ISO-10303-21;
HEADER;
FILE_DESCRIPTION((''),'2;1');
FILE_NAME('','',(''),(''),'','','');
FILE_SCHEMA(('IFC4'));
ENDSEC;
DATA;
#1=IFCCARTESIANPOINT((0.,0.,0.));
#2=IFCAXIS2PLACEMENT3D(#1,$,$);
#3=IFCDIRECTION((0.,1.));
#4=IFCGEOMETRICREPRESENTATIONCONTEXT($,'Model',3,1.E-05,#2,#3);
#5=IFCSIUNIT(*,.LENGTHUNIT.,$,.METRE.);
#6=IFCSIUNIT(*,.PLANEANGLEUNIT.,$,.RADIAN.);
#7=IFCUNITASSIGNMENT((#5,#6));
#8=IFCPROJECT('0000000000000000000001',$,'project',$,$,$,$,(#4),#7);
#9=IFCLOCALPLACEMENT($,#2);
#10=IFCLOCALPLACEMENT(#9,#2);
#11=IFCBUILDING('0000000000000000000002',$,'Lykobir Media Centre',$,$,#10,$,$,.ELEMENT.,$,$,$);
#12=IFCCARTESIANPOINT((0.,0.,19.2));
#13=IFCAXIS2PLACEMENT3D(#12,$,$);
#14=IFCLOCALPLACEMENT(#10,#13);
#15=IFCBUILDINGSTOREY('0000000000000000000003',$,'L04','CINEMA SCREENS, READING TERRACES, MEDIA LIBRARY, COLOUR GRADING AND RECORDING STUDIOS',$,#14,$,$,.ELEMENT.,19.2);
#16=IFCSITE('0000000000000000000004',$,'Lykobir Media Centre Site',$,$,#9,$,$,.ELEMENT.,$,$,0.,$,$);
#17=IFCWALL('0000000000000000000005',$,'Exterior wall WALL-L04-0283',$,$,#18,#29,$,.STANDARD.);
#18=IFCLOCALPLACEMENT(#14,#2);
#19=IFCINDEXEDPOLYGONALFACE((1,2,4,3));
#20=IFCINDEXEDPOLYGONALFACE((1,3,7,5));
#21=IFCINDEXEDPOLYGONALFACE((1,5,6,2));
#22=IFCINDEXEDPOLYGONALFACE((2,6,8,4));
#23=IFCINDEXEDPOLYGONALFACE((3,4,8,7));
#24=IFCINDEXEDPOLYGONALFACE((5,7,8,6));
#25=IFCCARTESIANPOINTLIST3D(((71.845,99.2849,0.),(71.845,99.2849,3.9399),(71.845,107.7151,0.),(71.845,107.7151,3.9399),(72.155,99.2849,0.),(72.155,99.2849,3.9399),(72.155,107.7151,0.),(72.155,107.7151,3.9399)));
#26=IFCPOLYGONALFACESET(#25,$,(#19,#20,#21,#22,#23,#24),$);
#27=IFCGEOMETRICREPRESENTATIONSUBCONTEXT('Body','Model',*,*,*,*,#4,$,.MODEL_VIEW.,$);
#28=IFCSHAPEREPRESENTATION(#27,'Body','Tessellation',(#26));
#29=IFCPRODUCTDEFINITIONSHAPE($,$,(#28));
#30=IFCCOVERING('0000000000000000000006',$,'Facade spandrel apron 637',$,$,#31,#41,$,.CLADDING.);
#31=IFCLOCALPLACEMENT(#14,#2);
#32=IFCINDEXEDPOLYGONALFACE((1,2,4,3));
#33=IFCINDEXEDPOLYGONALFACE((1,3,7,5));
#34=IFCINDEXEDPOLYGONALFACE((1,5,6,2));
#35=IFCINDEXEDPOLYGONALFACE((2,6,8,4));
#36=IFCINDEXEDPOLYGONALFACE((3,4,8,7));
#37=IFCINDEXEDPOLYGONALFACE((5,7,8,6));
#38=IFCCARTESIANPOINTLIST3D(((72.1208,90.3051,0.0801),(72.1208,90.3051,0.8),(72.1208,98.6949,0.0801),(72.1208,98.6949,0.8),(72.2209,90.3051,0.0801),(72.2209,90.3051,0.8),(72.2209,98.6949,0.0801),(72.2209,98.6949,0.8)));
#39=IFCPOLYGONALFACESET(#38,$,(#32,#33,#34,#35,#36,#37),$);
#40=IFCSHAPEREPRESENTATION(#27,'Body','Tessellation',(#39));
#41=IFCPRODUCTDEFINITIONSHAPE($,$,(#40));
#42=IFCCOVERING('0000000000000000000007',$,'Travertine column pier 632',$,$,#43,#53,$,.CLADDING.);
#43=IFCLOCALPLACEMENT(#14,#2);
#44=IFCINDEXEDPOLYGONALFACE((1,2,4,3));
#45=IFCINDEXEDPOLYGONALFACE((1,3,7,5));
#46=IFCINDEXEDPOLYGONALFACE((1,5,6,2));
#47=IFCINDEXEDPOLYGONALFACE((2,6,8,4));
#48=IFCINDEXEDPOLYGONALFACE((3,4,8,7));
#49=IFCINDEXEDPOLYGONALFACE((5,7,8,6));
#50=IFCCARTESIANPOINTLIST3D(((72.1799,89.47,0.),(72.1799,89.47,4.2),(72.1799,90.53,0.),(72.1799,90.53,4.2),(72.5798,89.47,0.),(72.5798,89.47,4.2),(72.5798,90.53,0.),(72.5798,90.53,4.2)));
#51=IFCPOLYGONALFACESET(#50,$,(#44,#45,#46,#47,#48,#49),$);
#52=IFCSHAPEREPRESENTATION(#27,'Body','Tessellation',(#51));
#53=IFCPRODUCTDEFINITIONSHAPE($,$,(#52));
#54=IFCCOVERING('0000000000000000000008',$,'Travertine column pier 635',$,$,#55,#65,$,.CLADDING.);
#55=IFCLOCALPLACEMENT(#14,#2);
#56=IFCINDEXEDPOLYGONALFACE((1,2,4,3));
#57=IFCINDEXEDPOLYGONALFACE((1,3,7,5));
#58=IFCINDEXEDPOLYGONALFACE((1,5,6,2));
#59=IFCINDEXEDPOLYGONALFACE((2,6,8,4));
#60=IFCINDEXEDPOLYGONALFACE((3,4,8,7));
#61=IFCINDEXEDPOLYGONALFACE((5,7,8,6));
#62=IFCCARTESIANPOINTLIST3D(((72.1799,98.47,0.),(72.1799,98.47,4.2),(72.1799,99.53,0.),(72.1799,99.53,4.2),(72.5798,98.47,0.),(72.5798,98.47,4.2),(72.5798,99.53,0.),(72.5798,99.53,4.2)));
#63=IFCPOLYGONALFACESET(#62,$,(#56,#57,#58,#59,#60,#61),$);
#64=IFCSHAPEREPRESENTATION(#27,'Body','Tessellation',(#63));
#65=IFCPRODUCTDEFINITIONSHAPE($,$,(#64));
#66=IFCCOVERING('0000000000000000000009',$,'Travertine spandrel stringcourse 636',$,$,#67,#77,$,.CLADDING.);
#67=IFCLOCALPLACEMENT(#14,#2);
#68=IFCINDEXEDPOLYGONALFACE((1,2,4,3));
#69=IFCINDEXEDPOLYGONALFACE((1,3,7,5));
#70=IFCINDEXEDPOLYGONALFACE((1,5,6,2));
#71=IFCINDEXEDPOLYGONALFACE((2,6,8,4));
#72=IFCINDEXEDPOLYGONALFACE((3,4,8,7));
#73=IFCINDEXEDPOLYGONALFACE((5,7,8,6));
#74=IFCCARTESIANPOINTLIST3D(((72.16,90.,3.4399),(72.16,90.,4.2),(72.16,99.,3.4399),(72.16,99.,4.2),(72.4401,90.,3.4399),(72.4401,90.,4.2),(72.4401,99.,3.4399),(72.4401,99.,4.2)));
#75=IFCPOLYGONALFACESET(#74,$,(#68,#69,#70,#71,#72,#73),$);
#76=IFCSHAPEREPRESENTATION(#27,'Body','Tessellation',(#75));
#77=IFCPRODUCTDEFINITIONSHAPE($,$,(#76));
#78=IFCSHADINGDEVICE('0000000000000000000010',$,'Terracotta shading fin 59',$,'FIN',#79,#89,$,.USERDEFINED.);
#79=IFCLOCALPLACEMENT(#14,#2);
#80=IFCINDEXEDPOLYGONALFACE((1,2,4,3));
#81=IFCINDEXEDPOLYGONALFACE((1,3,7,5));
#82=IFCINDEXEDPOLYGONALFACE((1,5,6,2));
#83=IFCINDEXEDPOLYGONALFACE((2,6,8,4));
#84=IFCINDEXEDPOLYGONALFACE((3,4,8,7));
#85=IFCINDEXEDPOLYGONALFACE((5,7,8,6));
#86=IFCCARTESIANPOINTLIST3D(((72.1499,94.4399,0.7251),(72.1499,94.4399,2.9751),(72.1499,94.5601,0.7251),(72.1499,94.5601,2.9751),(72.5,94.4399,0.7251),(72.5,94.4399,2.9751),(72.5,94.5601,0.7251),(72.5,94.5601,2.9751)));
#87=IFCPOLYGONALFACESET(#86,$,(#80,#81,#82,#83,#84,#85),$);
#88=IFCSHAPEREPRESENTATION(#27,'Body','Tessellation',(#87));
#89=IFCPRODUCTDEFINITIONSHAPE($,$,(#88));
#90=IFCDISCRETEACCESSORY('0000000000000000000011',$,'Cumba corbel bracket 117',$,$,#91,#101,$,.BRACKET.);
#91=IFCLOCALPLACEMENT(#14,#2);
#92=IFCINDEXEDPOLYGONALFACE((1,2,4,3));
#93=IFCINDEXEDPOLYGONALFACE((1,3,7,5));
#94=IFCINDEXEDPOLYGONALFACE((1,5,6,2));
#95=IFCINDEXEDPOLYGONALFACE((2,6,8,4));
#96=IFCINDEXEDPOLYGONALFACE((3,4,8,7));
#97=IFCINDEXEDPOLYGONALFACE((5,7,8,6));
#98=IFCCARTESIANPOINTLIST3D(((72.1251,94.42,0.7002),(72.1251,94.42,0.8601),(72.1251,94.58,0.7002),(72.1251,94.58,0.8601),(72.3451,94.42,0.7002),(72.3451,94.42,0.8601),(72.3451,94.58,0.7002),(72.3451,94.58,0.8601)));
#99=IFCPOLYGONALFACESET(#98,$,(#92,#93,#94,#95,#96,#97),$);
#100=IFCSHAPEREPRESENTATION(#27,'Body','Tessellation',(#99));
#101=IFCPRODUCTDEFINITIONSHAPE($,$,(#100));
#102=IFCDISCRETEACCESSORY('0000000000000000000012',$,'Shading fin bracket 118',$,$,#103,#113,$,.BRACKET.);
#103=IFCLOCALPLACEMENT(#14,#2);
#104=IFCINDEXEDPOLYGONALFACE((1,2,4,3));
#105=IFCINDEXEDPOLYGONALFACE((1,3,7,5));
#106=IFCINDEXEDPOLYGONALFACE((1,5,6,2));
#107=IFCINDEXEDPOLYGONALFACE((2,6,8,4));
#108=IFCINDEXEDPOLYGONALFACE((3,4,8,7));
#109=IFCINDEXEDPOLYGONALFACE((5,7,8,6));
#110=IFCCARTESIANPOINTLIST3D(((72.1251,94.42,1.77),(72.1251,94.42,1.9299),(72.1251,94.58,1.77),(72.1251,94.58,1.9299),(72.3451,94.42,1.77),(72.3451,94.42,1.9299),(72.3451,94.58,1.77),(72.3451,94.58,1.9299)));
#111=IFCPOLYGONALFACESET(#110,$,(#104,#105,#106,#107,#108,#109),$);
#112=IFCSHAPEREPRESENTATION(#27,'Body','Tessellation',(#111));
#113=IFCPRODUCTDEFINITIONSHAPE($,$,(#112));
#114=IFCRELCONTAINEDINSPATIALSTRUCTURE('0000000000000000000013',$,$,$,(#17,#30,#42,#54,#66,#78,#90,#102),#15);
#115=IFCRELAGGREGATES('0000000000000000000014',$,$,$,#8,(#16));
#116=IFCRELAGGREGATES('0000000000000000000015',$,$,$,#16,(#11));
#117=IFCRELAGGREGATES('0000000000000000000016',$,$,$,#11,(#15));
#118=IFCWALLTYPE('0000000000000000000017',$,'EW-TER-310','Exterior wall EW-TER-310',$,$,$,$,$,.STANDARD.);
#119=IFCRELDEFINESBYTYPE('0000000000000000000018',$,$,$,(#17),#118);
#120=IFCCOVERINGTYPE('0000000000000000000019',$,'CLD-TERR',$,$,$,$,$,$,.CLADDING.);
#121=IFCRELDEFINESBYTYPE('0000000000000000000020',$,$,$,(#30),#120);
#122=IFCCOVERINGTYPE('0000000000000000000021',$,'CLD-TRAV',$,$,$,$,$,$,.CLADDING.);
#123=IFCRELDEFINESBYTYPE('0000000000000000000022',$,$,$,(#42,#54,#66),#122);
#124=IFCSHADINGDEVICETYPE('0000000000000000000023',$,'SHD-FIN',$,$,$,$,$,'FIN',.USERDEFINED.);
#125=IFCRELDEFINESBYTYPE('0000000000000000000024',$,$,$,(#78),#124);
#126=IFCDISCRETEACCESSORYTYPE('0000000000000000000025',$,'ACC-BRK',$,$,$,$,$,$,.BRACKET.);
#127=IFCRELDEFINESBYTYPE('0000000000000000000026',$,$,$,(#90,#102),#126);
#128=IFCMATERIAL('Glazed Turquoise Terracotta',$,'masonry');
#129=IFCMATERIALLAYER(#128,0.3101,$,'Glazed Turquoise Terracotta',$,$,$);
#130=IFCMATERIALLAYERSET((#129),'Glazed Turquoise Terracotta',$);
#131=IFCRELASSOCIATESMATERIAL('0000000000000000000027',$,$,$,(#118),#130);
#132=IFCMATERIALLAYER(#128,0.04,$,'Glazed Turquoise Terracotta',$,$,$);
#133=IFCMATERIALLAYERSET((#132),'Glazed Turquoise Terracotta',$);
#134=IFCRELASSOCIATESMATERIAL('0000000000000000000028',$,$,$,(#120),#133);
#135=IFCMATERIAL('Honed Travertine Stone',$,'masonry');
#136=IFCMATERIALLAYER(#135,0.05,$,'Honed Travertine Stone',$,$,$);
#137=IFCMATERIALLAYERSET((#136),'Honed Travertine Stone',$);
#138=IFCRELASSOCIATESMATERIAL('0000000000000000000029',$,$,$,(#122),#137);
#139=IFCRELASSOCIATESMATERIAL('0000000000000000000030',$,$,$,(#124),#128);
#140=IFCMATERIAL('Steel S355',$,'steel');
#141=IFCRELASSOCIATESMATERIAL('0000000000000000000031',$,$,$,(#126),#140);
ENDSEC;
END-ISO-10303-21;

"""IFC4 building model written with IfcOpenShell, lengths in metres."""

from ifc_helpers import new_model, si_unit, direction, frame, frame_2d, origin, origin_2d, place, context, subcontext, project, spatial, rectangle, extrude, material, layer, layer_set, type_object, element, save


model = new_model("IFC4")

# Units and contexts
model_context = context("Model", 3, precision=1e-05, world=origin(), true_north=direction((0.0, 1.0)))
body_context = subcontext(model_context, "Body", "Model", "MODEL_VIEW")
ifc_project = project(units=[si_unit("LENGTHUNIT", "METRE"), si_unit("PLANEANGLEUNIT", "RADIAN")], contexts=[model_context])

# Site, building, storey
site_placement = place(None, origin())
site = spatial("IfcSite", under=ifc_project, at=site_placement, Name="Lykobir Media Centre Site", CompositionType="ELEMENT", RefElevation=0.0)
building_placement = place(site_placement, origin())
building = spatial("IfcBuilding", under=site, at=building_placement, Name="Lykobir Media Centre", CompositionType="ELEMENT")
storey_placement = place(building_placement, frame((0.0, 0.0, 19.2)))
storey = spatial("IfcBuildingStorey", under=building, at=storey_placement, Name="L04", Description="CINEMA SCREENS, READING TERRACES, MEDIA LIBRARY, COLOUR GRADING AND RECORDING STUDIOS", CompositionType="ELEMENT", Elevation=19.2)

# Shared definitions
ifc_material_1 = material(Name="Steel S355", Category="steel")

# Wall
ifc_material_2 = material(Name="Glazed Turquoise Terracotta", Category="masonry")
ifc_layer_1 = layer(ifc_material_2, 0.3101, Name="Glazed Turquoise Terracotta")
ifc_layer_set_1 = layer_set([ifc_layer_1], Name="Glazed Turquoise Terracotta")
wall_type = type_object("IfcWallType", Name="EW-TER-310", Description="Exterior wall EW-TER-310", PredefinedType="STANDARD", material=ifc_layer_set_1)
wall_placement = place(storey_placement, frame((72.0, 99.2849, 0.0), z_axis=(0.0, 0.0, 1.0), x_axis=(0.0, 1.0, 0.0)))
element("IfcWall", 1, at=wall_placement, inside=storey, type_object=wall_type, Name="Exterior wall WALL-L04-0283", PredefinedType="STANDARD", context=body_context, shape_type="SweptSolid", body=[
    extrude(rectangle(XDim=8.4302, YDim=0.3101, at=frame_2d((4.2151, 0.0))), origin(), (0.0, 0.0, 1.0), 3.9399),
])

# Coverings
ifc_layer_2 = layer(ifc_material_2, 0.04, Name="Glazed Turquoise Terracotta")
ifc_layer_set_2 = layer_set([ifc_layer_2], Name="Glazed Turquoise Terracotta")
covering_type_1 = type_object("IfcCoveringType", Name="CLD-TERR", PredefinedType="CLADDING", material=ifc_layer_set_2)
covering_1_placement = place(storey_placement, frame((72.1709, 94.5, 0.0801), z_axis=(0.0, 0.0, 1.0), x_axis=(0.0, 1.0, 0.0)))
element("IfcCovering", 2, at=covering_1_placement, inside=storey, type_object=covering_type_1, Name="Facade spandrel apron 637", PredefinedType="CLADDING", context=body_context, shape_type="SweptSolid", body=[
    extrude(rectangle(XDim=8.3899, YDim=0.1001, at=origin_2d()), origin(), (0.0, 0.0, 1.0), 0.72),
])
ifc_material_3 = material(Name="Honed Travertine Stone", Category="masonry")
ifc_layer_3 = layer(ifc_material_3, 0.05, Name="Honed Travertine Stone")
ifc_layer_set_3 = layer_set([ifc_layer_3], Name="Honed Travertine Stone")
covering_type_2 = type_object("IfcCoveringType", Name="CLD-TRAV", PredefinedType="CLADDING", material=ifc_layer_set_3)
for number, where, z_axis, x_axis, name in (
    (3, (72.3799, 90.0, 0.0), (0.0, 0.0, 1.0), (0.0, 1.0, 0.0), "Travertine column pier 632"),
    (4, (72.3799, 99.0, 0.0), (0.0, 0.0, 1.0), (0.0, 1.0, 0.0), "Travertine column pier 635"),
):
    element("IfcCovering", number, at=place(storey_placement, frame(where, z_axis=z_axis, x_axis=x_axis)), inside=storey, type_object=covering_type_2, Name=name, PredefinedType="CLADDING", context=body_context, shape_type="SweptSolid", body=[
        extrude(rectangle(XDim=1.0601, YDim=0.3999, at=origin_2d()), origin(), (0.0, 0.0, 1.0), 4.2),
    ])
covering_2_placement = place(storey_placement, frame((72.3, 94.5, 3.4399), z_axis=(0.0, 0.0, 1.0), x_axis=(0.0, 1.0, 0.0)))
element("IfcCovering", 5, at=covering_2_placement, inside=storey, type_object=covering_type_2, Name="Travertine spandrel stringcourse 636", PredefinedType="CLADDING", context=body_context, shape_type="SweptSolid", body=[
    extrude(rectangle(XDim=9.0, YDim=0.28, at=origin_2d()), origin(), (0.0, 0.0, 1.0), 0.76),
])

# Shading device
shading_device_type = type_object("IfcShadingDeviceType", Name="SHD-FIN", ElementType="FIN", PredefinedType="USERDEFINED", material=ifc_material_2)
shading_device_placement = place(storey_placement, frame((72.325, 94.5, 0.7251), z_axis=(0.0, 0.0, 1.0), x_axis=(0.0, 1.0, 0.0)))
element("IfcShadingDevice", 6, at=shading_device_placement, inside=storey, type_object=shading_device_type, Name="Terracotta shading fin 59", ObjectType="FIN", PredefinedType="USERDEFINED", context=body_context, shape_type="SweptSolid", body=[
    extrude(rectangle(XDim=0.1201, YDim=0.3501, at=origin_2d()), origin(), (0.0, 0.0, 1.0), 2.25),
])

# Discrete accessories
discrete_accessory_type = type_object("IfcDiscreteAccessoryType", Name="ACC-BRK", PredefinedType="BRACKET", material=ifc_material_1)
for number, where, z_axis, x_axis, name in (
    (7, (72.2351, 94.5, 0.7002), (0.0, 0.0, 1.0), (0.0, 1.0, 0.0), "Cumba corbel bracket 117"),
    (8, (72.2351, 94.5, 1.77), (0.0, 0.0, 1.0), (0.0, 1.0, 0.0), "Shading fin bracket 118"),
):
    element("IfcDiscreteAccessory", number, at=place(storey_placement, frame(where, z_axis=z_axis, x_axis=x_axis)), inside=storey, type_object=discrete_accessory_type, Name=name, PredefinedType="BRACKET", context=body_context, shape_type="SweptSolid", body=[
        extrude(rectangle(XDim=0.1599, YDim=0.22, at=origin_2d()), origin(), (0.0, 0.0, 1.0), 0.1599),
    ])

save(model, "model.ifc")
